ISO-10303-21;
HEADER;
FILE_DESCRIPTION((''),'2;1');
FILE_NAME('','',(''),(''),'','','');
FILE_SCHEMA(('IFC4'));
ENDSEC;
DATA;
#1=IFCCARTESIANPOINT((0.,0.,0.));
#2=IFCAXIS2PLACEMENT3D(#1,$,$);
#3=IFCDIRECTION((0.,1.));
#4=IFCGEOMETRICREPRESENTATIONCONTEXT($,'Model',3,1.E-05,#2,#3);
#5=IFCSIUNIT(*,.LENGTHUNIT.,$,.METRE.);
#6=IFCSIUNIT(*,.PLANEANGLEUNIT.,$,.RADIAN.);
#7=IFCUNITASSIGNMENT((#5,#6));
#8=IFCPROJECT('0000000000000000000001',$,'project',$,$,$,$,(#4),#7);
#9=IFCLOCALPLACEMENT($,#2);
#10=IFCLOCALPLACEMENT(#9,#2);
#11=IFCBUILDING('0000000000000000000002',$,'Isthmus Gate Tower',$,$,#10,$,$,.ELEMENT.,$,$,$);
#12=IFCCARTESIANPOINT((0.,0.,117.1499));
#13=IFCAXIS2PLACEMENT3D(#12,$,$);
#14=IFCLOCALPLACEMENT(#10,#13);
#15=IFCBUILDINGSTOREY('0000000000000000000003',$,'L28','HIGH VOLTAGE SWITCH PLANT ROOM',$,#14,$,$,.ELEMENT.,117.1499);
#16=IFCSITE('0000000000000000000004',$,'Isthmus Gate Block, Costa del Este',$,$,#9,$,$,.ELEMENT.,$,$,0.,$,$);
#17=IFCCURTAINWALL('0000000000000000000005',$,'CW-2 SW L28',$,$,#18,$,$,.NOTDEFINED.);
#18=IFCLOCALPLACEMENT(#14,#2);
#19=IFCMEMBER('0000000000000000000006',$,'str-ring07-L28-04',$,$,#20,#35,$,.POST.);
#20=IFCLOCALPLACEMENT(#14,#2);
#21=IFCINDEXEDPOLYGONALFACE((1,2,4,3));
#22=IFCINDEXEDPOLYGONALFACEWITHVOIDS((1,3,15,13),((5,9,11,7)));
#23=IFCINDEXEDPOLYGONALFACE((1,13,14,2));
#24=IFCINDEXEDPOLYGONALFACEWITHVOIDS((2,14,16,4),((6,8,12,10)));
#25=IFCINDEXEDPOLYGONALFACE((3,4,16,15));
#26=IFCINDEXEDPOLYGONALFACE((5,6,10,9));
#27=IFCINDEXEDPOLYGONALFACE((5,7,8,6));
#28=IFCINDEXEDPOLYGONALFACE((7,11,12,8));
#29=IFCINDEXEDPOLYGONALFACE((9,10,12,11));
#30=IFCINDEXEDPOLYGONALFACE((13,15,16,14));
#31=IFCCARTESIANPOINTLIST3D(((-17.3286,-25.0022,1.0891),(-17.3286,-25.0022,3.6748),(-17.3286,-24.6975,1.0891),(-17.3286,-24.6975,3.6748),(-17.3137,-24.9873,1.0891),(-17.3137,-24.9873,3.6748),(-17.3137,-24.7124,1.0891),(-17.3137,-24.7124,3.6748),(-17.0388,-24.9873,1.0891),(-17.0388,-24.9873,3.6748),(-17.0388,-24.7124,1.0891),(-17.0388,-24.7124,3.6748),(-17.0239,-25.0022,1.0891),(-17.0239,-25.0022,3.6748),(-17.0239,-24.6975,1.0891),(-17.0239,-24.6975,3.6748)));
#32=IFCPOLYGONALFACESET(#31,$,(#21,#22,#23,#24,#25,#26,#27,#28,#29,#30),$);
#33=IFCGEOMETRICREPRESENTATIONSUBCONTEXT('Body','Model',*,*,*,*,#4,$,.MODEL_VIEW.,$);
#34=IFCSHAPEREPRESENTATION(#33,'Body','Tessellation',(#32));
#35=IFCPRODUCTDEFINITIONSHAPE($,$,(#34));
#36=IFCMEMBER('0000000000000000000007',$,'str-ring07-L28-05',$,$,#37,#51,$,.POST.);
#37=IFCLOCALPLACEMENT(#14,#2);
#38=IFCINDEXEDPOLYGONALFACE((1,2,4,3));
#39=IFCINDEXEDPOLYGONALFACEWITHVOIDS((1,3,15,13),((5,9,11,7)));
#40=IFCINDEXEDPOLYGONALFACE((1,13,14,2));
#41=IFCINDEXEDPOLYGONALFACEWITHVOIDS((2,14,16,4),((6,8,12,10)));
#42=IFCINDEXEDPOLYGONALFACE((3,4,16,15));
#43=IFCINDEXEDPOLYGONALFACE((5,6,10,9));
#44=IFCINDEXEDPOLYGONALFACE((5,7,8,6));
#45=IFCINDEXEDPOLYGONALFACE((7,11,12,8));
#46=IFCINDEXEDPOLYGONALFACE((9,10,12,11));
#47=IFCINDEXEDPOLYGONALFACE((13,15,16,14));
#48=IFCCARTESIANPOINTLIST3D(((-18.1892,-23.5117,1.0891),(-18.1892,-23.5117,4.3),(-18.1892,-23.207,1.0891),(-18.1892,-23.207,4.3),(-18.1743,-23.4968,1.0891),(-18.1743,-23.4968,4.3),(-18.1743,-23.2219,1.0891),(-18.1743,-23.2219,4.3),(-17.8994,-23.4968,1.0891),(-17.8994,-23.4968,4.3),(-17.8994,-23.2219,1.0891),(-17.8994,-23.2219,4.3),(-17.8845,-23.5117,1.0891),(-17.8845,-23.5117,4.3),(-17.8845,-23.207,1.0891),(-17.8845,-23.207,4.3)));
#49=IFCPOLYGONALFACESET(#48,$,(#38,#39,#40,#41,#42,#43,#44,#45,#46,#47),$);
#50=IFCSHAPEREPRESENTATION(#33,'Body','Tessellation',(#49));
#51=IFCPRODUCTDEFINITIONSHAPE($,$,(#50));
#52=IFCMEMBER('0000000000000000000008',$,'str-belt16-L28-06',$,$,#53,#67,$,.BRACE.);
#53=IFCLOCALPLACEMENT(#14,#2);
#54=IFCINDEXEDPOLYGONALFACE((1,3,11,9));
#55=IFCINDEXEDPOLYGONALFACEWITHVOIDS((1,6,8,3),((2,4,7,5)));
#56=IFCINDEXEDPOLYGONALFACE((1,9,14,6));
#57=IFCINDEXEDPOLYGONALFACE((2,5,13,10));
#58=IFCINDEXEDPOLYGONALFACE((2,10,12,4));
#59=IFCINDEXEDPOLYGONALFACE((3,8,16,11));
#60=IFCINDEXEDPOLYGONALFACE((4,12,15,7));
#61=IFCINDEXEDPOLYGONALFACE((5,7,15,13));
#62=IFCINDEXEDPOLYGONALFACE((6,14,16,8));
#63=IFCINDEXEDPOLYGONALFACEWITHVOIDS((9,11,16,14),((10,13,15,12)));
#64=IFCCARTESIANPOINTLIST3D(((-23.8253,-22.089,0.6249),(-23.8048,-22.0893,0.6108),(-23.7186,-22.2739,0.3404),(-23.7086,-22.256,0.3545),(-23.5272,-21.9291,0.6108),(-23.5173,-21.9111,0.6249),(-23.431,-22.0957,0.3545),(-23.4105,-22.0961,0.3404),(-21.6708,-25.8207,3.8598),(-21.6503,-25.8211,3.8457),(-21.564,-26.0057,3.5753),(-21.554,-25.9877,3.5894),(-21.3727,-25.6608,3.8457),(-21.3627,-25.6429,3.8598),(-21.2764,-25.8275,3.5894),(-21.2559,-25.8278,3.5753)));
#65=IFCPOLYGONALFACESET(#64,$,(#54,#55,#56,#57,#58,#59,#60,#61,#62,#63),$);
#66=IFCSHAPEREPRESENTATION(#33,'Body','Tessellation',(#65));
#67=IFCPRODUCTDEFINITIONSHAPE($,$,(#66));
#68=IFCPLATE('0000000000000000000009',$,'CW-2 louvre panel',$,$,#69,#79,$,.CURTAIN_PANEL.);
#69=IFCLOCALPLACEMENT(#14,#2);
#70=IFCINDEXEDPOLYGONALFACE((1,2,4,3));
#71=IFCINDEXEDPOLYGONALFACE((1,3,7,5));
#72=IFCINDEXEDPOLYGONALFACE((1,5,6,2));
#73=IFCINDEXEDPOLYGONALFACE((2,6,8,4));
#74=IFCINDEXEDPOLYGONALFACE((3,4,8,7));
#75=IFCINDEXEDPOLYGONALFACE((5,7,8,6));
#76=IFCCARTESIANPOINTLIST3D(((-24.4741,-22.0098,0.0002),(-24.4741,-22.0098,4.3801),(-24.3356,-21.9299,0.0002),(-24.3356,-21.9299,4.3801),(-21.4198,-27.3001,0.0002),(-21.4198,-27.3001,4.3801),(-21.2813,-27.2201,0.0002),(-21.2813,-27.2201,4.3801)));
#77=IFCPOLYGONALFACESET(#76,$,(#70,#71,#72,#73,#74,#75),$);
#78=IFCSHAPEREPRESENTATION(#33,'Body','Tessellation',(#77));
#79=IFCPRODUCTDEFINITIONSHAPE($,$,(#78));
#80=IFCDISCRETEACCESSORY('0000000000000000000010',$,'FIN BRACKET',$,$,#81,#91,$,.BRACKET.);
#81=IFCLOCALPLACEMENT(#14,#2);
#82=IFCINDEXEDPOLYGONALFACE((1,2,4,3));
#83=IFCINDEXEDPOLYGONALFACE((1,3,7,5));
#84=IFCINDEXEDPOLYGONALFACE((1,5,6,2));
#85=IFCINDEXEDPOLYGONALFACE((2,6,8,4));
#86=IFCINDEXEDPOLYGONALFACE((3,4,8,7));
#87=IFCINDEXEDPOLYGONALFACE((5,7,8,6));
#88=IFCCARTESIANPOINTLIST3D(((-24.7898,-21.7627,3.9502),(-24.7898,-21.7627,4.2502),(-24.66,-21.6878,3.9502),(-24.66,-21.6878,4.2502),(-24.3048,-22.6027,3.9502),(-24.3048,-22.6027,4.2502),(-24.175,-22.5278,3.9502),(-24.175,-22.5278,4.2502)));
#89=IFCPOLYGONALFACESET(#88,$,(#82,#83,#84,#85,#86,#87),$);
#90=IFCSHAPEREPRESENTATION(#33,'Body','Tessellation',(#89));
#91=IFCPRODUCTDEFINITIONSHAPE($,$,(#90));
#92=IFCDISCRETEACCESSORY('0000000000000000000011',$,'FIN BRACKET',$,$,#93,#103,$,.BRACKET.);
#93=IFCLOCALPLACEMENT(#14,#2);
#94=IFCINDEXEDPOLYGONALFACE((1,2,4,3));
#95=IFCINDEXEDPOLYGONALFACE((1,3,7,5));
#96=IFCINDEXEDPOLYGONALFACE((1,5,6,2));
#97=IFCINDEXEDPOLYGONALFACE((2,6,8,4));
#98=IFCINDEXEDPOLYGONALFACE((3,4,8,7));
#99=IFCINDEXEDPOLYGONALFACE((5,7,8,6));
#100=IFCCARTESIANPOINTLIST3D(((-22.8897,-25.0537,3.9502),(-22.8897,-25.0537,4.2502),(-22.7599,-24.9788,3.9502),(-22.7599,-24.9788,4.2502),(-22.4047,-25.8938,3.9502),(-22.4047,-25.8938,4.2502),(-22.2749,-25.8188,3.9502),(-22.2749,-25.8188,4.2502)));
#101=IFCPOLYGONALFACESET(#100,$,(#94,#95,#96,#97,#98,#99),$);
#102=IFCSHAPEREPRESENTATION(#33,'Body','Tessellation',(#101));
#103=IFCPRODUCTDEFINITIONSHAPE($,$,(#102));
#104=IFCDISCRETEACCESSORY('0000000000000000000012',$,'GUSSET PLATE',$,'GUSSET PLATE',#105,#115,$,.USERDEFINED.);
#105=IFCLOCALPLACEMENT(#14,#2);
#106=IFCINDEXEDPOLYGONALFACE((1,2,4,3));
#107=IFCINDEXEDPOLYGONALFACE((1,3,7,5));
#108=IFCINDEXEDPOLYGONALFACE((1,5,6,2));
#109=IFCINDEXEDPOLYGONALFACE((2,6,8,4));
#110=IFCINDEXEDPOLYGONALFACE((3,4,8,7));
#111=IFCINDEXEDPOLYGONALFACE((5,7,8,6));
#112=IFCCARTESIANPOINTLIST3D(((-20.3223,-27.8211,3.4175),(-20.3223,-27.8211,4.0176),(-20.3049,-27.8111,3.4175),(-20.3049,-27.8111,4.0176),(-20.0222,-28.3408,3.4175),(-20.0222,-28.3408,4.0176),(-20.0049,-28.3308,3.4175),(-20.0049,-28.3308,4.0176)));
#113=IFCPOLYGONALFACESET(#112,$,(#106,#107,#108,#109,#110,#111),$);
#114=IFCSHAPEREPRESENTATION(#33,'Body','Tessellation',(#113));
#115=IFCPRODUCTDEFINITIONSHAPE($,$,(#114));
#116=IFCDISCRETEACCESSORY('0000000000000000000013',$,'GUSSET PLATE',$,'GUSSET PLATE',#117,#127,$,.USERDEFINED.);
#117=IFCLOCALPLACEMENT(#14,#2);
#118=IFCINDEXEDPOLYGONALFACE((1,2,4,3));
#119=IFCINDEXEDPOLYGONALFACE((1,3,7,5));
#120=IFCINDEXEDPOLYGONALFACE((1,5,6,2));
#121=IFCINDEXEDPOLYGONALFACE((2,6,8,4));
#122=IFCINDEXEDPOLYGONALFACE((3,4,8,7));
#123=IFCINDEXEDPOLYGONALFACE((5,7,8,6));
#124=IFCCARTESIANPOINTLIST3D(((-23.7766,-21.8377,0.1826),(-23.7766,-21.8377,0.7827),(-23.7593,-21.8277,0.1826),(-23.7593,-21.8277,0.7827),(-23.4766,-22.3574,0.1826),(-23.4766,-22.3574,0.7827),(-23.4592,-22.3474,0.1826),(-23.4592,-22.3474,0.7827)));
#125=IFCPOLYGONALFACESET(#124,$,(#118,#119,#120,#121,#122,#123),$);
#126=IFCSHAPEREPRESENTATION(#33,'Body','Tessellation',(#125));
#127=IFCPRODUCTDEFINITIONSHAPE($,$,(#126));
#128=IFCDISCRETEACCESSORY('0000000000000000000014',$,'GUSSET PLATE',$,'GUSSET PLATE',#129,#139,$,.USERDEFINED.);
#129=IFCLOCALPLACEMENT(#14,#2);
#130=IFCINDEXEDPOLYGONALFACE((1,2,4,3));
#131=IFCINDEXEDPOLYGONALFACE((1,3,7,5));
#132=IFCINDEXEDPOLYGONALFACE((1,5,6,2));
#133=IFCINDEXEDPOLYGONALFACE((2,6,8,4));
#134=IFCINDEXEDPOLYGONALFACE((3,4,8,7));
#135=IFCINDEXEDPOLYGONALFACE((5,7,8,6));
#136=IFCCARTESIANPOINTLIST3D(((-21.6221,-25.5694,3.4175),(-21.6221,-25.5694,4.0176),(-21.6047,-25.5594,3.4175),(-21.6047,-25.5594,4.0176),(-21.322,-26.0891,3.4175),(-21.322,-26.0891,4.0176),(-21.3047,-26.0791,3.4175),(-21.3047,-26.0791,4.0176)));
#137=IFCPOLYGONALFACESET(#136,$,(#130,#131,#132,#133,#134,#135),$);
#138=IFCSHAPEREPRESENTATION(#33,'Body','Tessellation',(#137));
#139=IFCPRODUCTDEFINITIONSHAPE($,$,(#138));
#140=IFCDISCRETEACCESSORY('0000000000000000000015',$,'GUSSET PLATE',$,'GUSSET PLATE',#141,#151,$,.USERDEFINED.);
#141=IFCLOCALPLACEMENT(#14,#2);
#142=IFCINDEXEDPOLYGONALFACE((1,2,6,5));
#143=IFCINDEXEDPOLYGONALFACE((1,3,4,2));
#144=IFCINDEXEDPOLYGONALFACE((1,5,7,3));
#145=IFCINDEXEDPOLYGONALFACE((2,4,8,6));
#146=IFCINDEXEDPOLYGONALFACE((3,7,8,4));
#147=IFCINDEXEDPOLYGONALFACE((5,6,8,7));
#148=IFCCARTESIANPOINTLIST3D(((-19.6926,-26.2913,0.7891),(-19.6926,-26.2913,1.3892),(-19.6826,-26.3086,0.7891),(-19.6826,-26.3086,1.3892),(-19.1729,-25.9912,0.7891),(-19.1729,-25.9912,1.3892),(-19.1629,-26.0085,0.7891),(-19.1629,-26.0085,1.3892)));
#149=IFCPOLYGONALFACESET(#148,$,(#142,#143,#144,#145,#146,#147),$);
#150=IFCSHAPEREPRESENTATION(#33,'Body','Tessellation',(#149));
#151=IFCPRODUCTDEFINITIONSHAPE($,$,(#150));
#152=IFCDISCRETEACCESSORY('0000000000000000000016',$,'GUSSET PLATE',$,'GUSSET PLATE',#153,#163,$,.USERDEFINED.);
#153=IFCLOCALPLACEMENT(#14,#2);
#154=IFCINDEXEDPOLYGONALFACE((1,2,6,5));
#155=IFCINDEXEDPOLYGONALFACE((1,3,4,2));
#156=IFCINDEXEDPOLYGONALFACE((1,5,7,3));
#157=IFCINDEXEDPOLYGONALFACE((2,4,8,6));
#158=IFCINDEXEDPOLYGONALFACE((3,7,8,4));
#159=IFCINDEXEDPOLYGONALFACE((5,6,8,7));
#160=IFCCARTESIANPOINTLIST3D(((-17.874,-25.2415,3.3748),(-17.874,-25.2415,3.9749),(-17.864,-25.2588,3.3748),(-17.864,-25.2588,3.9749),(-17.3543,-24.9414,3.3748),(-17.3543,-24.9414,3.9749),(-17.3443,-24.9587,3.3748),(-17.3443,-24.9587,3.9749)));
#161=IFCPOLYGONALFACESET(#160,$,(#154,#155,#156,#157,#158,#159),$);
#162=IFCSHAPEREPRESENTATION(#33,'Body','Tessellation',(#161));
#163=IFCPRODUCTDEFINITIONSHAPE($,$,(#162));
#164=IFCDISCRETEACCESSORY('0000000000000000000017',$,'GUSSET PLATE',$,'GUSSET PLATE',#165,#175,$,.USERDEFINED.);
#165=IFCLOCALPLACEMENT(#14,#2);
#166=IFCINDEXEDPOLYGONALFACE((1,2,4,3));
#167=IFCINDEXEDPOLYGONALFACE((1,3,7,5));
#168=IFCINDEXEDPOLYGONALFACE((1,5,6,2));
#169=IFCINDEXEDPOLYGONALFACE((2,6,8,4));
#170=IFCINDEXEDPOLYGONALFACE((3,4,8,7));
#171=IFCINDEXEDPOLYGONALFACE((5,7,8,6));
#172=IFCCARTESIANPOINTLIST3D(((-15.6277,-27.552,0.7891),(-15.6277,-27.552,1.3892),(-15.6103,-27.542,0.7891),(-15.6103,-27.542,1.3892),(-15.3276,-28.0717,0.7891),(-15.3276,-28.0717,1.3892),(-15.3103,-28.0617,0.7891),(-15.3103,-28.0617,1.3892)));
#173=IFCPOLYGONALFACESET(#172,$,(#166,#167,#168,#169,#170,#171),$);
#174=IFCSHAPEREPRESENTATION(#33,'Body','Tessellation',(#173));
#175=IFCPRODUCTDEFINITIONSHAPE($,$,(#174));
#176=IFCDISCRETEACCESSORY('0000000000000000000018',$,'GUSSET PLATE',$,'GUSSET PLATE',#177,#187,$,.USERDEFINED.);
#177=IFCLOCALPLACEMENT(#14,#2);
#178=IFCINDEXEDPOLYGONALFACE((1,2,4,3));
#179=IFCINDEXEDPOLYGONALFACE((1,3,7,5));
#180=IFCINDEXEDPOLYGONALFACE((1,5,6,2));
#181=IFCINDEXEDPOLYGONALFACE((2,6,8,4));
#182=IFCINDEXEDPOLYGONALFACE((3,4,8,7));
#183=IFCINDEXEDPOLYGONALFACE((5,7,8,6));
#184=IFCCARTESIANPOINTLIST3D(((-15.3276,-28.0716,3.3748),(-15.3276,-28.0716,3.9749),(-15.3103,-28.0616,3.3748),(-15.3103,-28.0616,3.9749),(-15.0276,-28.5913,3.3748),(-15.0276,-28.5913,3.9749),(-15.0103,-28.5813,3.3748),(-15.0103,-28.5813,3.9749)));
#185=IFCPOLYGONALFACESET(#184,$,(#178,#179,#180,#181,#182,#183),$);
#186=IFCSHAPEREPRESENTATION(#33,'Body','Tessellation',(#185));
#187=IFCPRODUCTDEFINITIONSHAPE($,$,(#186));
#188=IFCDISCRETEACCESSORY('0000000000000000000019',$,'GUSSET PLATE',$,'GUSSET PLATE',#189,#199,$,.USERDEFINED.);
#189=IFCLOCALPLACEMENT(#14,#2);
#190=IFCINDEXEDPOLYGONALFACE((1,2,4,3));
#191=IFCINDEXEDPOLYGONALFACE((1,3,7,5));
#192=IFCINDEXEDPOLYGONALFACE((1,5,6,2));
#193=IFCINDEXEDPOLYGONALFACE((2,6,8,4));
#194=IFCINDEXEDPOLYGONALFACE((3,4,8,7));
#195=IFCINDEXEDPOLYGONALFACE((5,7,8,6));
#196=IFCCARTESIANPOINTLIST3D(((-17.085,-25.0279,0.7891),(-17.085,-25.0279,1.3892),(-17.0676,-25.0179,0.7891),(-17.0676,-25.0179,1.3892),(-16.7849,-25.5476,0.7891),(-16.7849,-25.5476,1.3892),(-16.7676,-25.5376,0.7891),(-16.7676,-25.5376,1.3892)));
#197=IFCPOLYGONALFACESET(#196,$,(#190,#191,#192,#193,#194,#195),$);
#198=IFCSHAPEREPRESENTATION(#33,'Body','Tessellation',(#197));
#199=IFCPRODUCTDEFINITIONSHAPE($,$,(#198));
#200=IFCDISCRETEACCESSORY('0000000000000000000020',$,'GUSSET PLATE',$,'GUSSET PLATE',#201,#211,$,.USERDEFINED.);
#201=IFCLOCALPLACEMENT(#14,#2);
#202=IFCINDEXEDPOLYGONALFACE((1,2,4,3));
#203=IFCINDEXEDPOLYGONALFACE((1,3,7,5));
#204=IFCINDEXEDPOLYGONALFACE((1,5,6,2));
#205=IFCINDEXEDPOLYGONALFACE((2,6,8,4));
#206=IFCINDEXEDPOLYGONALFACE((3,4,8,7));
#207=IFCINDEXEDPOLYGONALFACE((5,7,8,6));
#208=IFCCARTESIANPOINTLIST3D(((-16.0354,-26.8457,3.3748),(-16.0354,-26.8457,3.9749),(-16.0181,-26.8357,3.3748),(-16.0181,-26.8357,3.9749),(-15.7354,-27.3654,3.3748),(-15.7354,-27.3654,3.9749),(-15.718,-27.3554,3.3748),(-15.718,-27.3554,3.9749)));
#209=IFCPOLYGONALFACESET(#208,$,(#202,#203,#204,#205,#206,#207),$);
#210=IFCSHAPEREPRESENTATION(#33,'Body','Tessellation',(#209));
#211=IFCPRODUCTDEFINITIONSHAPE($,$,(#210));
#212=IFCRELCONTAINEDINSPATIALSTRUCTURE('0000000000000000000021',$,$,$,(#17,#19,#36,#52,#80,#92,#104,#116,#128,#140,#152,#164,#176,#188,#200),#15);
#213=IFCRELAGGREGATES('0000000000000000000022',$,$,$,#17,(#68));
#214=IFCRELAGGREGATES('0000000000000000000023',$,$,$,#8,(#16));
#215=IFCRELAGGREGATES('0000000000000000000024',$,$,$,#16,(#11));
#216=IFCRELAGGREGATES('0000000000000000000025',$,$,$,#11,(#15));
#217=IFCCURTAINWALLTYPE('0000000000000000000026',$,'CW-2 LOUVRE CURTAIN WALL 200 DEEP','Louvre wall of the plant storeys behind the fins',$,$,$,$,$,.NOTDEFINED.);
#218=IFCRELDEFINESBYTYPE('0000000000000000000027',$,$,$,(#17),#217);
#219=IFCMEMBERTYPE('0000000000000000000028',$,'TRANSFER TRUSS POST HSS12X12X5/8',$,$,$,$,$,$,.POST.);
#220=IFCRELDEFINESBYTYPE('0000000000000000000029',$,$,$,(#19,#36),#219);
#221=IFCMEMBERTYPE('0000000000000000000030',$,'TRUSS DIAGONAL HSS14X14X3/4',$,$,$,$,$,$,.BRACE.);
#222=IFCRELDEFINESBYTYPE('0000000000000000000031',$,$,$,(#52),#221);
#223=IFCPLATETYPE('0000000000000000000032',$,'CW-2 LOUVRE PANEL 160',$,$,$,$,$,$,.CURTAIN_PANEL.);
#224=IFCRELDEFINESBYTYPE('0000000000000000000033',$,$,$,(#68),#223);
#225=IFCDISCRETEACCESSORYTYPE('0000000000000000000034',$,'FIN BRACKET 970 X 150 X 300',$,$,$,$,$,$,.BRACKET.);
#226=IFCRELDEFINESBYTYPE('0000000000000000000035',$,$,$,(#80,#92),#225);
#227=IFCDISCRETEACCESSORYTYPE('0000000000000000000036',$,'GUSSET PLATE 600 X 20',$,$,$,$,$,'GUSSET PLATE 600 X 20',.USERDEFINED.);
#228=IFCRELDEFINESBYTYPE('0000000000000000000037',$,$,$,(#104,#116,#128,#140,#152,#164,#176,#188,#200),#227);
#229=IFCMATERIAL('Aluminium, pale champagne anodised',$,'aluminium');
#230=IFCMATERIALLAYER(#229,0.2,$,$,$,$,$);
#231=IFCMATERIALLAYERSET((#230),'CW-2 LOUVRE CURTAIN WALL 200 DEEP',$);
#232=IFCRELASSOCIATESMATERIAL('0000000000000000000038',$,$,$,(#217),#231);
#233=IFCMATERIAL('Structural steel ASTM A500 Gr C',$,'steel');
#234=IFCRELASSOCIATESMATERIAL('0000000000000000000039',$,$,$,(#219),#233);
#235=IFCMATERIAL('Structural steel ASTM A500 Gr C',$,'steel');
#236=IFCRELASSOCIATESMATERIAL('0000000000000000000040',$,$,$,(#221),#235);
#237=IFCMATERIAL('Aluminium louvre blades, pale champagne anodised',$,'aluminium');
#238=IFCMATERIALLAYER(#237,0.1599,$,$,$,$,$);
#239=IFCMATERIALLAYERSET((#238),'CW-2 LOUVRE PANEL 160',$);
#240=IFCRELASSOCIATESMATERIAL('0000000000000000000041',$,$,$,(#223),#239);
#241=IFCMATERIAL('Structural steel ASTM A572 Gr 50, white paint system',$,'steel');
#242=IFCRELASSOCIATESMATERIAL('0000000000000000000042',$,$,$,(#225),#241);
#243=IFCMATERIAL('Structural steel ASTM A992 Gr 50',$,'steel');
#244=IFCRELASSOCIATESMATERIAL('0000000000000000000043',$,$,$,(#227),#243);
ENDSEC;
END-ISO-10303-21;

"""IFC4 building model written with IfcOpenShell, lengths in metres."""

from ifc_helpers import new_model, si_unit, direction, frame, origin, origin_2d, place, context, subcontext, project, spatial, rectangle, hollow_rectangle, extrude, material, layer, layer_set, material_profile, profile_set, type_object, element, aggregate, save


model = new_model("IFC4")

# Units and contexts
model_context = context("Model", 3, precision=1e-05, world=origin(), true_north=direction((0.0, 1.0)))
body_context = subcontext(model_context, "Body", "Model", "MODEL_VIEW")
ifc_project = project(units=[si_unit("LENGTHUNIT", "METRE"), si_unit("PLANEANGLEUNIT", "RADIAN")], contexts=[model_context])

# Site, building, storey
site_placement = place(None, origin())
site = spatial("IfcSite", under=ifc_project, at=site_placement, Name="Isthmus Gate Block, Costa del Este", CompositionType="ELEMENT", RefElevation=0.0)
building_placement = place(site_placement, origin())
building = spatial("IfcBuilding", under=site, at=building_placement, Name="Isthmus Gate Tower", CompositionType="ELEMENT")
storey_placement = place(building_placement, frame((0.0, 0.0, 117.1499)))
storey = spatial("IfcBuildingStorey", under=building, at=storey_placement, Name="L28", Description="HIGH VOLTAGE SWITCH PLANT ROOM", CompositionType="ELEMENT", Elevation=117.1499)

# Curtain wall
ifc_material_1 = material(Name="Aluminium, pale champagne anodised", Category="aluminium")
ifc_layer_1 = layer(ifc_material_1, 0.2)
ifc_layer_set_1 = layer_set([ifc_layer_1], Name="CW-2 LOUVRE CURTAIN WALL 200 DEEP")
curtain_wall_type = type_object("IfcCurtainWallType", Name="CW-2 LOUVRE CURTAIN WALL 200 DEEP", Description="Louvre wall of the plant storeys behind the fins", PredefinedType="NOTDEFINED", material=ifc_layer_set_1)
curtain_wall_placement = place(storey_placement, origin())
curtain_wall = element("IfcCurtainWall", 1, at=curtain_wall_placement, inside=storey, type_object=curtain_wall_type, Name="CW-2 SW L28", PredefinedType="NOTDEFINED")

# Members
ifc_material_2 = material(Name="Structural steel ASTM A500 Gr C", Category="steel")
ifc_material_profile_1 = material_profile(ifc_material_2, hollow_rectangle(XDim=0.3047, YDim=0.3047, WallThickness=0.0149, at=origin_2d()), Name="HSS12X12X5/8")
ifc_profile_set_1 = profile_set([ifc_material_profile_1], Name="Structural steel ASTM A500 Gr C")
member_type_1 = type_object("IfcMemberType", Name="TRANSFER TRUSS POST HSS12X12X5/8", PredefinedType="POST", material=ifc_profile_set_1)
for number, where, z_axis, x_axis, name in (
    (2, (-17.1763, -24.8499, 1.0891), (0.0, 0.0, 1.0), (1.0, 0.0, 0.0), "str-ring07-L28-04"),
):
    element("IfcMember", number, at=place(storey_placement, frame(where, z_axis=z_axis, x_axis=x_axis)), inside=storey, type_object=member_type_1, Name=name, PredefinedType="POST", context=body_context, shape_type="SweptSolid", body=[
        extrude(hollow_rectangle(XDim=0.3047, YDim=0.3047, WallThickness=0.0149, at=origin_2d()), origin(), (0.0, 0.0, 1.0), 2.5857),
    ])
member_1_placement = place(storey_placement, frame((-18.0369, -23.3594, 1.0891), z_axis=(0.0, 0.0, 1.0), x_axis=(1.0, 0.0, 0.0)))
element("IfcMember", 3, at=member_1_placement, inside=storey, type_object=member_type_1, Name="str-ring07-L28-05", PredefinedType="POST", context=body_context, shape_type="SweptSolid", body=[
    extrude(hollow_rectangle(XDim=0.3047, YDim=0.3047, WallThickness=0.0149, at=origin_2d()), origin(), (0.0, 0.0, 1.0), 3.2109),
])
ifc_material_3 = material(Name="Structural steel ASTM A500 Gr C", Category="steel")
ifc_material_profile_2 = material_profile(ifc_material_3, hollow_rectangle(XDim=0.3557, YDim=0.3557, WallThickness=0.0176, at=origin_2d()), Name="HSS14X14X3/4")
ifc_profile_set_2 = profile_set([ifc_material_profile_2], Name="Structural steel ASTM A500 Gr C")
member_type_2 = type_object("IfcMemberType", Name="TRUSS DIAGONAL HSS14X14X3/4", PredefinedType="BRACE", material=ifc_profile_set_2)
member_2_placement = place(storey_placement, frame((-23.6179, -22.0925, 0.4827), z_axis=(0.399868, -0.692577, 0.600369), x_axis=(0.86602, 0.500009, 0.0)))
element("IfcMember", 4, at=member_2_placement, inside=storey, type_object=member_type_2, Name="str-belt16-L28-06", PredefinedType="BRACE", context=body_context, shape_type="SweptSolid", body=[
    extrude(hollow_rectangle(XDim=0.3557, YDim=0.3557, WallThickness=0.0176, at=origin_2d()), origin(), (0.0, 0.0, 1.0), 5.3882),
])

# Plate
ifc_material_4 = material(Name="Aluminium louvre blades, pale champagne anodised", Category="aluminium")
ifc_layer_2 = layer(ifc_material_4, 0.1599)
ifc_layer_set_2 = layer_set([ifc_layer_2], Name="CW-2 LOUVRE PANEL 160")
plate_type = type_object("IfcPlateType", Name="CW-2 LOUVRE PANEL 160", PredefinedType="CURTAIN_PANEL", material=ifc_layer_set_2)
plate_placement = place(storey_placement, frame((-22.8777, -24.615, 0.0002), z_axis=(0.0, 0.0, 1.0), x_axis=(0.5, -0.866025, 0.0)))
plate = element("IfcPlate", 5, at=plate_placement, type_object=plate_type, Name="CW-2 louvre panel", PredefinedType="CURTAIN_PANEL", context=body_context, shape_type="SweptSolid", body=[
    extrude(rectangle(XDim=6.1086, YDim=0.1599, at=origin_2d()), origin(), (0.0, 0.0, 1.0), 4.3799),
])
aggregate(curtain_wall, [plate])

# Discrete accessories
ifc_material_5 = material(Name="Structural steel ASTM A572 Gr 50, white paint system", Category="steel")
discrete_accessory_type_1 = type_object("IfcDiscreteAccessoryType", Name="FIN BRACKET 970 X 150 X 300", PredefinedType="BRACKET", material=ifc_material_5)
for number, where, z_axis, x_axis, name in (
    (6, (-24.4824, -22.1453, 3.9502), (0.0, 0.0, 1.0), (-0.866025, -0.5, 0.0), "FIN BRACKET"),
    (7, (-22.5823, -25.4363, 3.9502), (0.0, 0.0, 1.0), (-0.866025, -0.5, 0.0), "FIN BRACKET"),
):
    element("IfcDiscreteAccessory", number, at=place(storey_placement, frame(where, z_axis=z_axis, x_axis=x_axis)), inside=storey, type_object=discrete_accessory_type_1, Name=name, PredefinedType="BRACKET", context=body_context, shape_type="SweptSolid", body=[
        extrude(rectangle(XDim=0.1499, YDim=0.97, at=origin_2d()), origin(), (0.0, 0.0, 1.0), 0.3),
    ])
ifc_material_6 = material(Name="Structural steel ASTM A992 Gr 50", Category="steel")
discrete_accessory_type_2 = type_object("IfcDiscreteAccessoryType", Name="GUSSET PLATE 600 X 20", ElementType="GUSSET PLATE 600 X 20", PredefinedType="USERDEFINED", material=ifc_material_6)
for number, where, z_axis, x_axis, name in (
    (8, (-20.1636, -28.0759, 3.4175), (0.0, 0.0, 1.0), (-0.5, 0.866025, 0.0), "GUSSET PLATE"),
    (9, (-23.6179, -22.0925, 0.1826), (0.0, 0.0, 1.0), (0.5, -0.866025, 0.0), "GUSSET PLATE"),
    (10, (-21.4634, -25.8242, 3.4175), (0.0, 0.0, 1.0), (0.5, -0.866025, 0.0), "GUSSET PLATE"),
    (11, (-19.4277, -26.1499, 0.7891), (0.0, 0.0, 1.0), (0.866025, 0.5, 0.0), "GUSSET PLATE"),
    (12, (-17.6091, -25.1001, 3.3748), (0.0, 0.0, 1.0), (0.866025, 0.5, 0.0), "GUSSET PLATE"),
    (13, (-15.469, -27.8069, 0.7891), (0.0, 0.0, 1.0), (0.5, -0.866025, 0.0), "GUSSET PLATE"),
    (14, (-15.1689, -28.3264, 3.3748), (0.0, 0.0, 1.0), (0.5, -0.866025, 0.0), "GUSSET PLATE"),
    (15, (-16.9263, -25.2827, 0.7891), (0.0, 0.0, 1.0), (0.5, -0.866025, 0.0), "GUSSET PLATE"),
    (16, (-15.8767, -27.1006, 3.3748), (0.0, 0.0, 1.0), (0.5, -0.866025, 0.0), "GUSSET PLATE"),
):
    element("IfcDiscreteAccessory", number, at=place(storey_placement, frame(where, z_axis=z_axis, x_axis=x_axis)), inside=storey, type_object=discrete_accessory_type_2, Name=name, ObjectType="GUSSET PLATE", PredefinedType="USERDEFINED", context=body_context, shape_type="SweptSolid", body=[
        extrude(rectangle(XDim=0.6001, YDim=0.02, at=origin_2d()), origin(), (0.0, 0.0, 1.0), 0.6001),
    ])

save(model, "model.ifc")
